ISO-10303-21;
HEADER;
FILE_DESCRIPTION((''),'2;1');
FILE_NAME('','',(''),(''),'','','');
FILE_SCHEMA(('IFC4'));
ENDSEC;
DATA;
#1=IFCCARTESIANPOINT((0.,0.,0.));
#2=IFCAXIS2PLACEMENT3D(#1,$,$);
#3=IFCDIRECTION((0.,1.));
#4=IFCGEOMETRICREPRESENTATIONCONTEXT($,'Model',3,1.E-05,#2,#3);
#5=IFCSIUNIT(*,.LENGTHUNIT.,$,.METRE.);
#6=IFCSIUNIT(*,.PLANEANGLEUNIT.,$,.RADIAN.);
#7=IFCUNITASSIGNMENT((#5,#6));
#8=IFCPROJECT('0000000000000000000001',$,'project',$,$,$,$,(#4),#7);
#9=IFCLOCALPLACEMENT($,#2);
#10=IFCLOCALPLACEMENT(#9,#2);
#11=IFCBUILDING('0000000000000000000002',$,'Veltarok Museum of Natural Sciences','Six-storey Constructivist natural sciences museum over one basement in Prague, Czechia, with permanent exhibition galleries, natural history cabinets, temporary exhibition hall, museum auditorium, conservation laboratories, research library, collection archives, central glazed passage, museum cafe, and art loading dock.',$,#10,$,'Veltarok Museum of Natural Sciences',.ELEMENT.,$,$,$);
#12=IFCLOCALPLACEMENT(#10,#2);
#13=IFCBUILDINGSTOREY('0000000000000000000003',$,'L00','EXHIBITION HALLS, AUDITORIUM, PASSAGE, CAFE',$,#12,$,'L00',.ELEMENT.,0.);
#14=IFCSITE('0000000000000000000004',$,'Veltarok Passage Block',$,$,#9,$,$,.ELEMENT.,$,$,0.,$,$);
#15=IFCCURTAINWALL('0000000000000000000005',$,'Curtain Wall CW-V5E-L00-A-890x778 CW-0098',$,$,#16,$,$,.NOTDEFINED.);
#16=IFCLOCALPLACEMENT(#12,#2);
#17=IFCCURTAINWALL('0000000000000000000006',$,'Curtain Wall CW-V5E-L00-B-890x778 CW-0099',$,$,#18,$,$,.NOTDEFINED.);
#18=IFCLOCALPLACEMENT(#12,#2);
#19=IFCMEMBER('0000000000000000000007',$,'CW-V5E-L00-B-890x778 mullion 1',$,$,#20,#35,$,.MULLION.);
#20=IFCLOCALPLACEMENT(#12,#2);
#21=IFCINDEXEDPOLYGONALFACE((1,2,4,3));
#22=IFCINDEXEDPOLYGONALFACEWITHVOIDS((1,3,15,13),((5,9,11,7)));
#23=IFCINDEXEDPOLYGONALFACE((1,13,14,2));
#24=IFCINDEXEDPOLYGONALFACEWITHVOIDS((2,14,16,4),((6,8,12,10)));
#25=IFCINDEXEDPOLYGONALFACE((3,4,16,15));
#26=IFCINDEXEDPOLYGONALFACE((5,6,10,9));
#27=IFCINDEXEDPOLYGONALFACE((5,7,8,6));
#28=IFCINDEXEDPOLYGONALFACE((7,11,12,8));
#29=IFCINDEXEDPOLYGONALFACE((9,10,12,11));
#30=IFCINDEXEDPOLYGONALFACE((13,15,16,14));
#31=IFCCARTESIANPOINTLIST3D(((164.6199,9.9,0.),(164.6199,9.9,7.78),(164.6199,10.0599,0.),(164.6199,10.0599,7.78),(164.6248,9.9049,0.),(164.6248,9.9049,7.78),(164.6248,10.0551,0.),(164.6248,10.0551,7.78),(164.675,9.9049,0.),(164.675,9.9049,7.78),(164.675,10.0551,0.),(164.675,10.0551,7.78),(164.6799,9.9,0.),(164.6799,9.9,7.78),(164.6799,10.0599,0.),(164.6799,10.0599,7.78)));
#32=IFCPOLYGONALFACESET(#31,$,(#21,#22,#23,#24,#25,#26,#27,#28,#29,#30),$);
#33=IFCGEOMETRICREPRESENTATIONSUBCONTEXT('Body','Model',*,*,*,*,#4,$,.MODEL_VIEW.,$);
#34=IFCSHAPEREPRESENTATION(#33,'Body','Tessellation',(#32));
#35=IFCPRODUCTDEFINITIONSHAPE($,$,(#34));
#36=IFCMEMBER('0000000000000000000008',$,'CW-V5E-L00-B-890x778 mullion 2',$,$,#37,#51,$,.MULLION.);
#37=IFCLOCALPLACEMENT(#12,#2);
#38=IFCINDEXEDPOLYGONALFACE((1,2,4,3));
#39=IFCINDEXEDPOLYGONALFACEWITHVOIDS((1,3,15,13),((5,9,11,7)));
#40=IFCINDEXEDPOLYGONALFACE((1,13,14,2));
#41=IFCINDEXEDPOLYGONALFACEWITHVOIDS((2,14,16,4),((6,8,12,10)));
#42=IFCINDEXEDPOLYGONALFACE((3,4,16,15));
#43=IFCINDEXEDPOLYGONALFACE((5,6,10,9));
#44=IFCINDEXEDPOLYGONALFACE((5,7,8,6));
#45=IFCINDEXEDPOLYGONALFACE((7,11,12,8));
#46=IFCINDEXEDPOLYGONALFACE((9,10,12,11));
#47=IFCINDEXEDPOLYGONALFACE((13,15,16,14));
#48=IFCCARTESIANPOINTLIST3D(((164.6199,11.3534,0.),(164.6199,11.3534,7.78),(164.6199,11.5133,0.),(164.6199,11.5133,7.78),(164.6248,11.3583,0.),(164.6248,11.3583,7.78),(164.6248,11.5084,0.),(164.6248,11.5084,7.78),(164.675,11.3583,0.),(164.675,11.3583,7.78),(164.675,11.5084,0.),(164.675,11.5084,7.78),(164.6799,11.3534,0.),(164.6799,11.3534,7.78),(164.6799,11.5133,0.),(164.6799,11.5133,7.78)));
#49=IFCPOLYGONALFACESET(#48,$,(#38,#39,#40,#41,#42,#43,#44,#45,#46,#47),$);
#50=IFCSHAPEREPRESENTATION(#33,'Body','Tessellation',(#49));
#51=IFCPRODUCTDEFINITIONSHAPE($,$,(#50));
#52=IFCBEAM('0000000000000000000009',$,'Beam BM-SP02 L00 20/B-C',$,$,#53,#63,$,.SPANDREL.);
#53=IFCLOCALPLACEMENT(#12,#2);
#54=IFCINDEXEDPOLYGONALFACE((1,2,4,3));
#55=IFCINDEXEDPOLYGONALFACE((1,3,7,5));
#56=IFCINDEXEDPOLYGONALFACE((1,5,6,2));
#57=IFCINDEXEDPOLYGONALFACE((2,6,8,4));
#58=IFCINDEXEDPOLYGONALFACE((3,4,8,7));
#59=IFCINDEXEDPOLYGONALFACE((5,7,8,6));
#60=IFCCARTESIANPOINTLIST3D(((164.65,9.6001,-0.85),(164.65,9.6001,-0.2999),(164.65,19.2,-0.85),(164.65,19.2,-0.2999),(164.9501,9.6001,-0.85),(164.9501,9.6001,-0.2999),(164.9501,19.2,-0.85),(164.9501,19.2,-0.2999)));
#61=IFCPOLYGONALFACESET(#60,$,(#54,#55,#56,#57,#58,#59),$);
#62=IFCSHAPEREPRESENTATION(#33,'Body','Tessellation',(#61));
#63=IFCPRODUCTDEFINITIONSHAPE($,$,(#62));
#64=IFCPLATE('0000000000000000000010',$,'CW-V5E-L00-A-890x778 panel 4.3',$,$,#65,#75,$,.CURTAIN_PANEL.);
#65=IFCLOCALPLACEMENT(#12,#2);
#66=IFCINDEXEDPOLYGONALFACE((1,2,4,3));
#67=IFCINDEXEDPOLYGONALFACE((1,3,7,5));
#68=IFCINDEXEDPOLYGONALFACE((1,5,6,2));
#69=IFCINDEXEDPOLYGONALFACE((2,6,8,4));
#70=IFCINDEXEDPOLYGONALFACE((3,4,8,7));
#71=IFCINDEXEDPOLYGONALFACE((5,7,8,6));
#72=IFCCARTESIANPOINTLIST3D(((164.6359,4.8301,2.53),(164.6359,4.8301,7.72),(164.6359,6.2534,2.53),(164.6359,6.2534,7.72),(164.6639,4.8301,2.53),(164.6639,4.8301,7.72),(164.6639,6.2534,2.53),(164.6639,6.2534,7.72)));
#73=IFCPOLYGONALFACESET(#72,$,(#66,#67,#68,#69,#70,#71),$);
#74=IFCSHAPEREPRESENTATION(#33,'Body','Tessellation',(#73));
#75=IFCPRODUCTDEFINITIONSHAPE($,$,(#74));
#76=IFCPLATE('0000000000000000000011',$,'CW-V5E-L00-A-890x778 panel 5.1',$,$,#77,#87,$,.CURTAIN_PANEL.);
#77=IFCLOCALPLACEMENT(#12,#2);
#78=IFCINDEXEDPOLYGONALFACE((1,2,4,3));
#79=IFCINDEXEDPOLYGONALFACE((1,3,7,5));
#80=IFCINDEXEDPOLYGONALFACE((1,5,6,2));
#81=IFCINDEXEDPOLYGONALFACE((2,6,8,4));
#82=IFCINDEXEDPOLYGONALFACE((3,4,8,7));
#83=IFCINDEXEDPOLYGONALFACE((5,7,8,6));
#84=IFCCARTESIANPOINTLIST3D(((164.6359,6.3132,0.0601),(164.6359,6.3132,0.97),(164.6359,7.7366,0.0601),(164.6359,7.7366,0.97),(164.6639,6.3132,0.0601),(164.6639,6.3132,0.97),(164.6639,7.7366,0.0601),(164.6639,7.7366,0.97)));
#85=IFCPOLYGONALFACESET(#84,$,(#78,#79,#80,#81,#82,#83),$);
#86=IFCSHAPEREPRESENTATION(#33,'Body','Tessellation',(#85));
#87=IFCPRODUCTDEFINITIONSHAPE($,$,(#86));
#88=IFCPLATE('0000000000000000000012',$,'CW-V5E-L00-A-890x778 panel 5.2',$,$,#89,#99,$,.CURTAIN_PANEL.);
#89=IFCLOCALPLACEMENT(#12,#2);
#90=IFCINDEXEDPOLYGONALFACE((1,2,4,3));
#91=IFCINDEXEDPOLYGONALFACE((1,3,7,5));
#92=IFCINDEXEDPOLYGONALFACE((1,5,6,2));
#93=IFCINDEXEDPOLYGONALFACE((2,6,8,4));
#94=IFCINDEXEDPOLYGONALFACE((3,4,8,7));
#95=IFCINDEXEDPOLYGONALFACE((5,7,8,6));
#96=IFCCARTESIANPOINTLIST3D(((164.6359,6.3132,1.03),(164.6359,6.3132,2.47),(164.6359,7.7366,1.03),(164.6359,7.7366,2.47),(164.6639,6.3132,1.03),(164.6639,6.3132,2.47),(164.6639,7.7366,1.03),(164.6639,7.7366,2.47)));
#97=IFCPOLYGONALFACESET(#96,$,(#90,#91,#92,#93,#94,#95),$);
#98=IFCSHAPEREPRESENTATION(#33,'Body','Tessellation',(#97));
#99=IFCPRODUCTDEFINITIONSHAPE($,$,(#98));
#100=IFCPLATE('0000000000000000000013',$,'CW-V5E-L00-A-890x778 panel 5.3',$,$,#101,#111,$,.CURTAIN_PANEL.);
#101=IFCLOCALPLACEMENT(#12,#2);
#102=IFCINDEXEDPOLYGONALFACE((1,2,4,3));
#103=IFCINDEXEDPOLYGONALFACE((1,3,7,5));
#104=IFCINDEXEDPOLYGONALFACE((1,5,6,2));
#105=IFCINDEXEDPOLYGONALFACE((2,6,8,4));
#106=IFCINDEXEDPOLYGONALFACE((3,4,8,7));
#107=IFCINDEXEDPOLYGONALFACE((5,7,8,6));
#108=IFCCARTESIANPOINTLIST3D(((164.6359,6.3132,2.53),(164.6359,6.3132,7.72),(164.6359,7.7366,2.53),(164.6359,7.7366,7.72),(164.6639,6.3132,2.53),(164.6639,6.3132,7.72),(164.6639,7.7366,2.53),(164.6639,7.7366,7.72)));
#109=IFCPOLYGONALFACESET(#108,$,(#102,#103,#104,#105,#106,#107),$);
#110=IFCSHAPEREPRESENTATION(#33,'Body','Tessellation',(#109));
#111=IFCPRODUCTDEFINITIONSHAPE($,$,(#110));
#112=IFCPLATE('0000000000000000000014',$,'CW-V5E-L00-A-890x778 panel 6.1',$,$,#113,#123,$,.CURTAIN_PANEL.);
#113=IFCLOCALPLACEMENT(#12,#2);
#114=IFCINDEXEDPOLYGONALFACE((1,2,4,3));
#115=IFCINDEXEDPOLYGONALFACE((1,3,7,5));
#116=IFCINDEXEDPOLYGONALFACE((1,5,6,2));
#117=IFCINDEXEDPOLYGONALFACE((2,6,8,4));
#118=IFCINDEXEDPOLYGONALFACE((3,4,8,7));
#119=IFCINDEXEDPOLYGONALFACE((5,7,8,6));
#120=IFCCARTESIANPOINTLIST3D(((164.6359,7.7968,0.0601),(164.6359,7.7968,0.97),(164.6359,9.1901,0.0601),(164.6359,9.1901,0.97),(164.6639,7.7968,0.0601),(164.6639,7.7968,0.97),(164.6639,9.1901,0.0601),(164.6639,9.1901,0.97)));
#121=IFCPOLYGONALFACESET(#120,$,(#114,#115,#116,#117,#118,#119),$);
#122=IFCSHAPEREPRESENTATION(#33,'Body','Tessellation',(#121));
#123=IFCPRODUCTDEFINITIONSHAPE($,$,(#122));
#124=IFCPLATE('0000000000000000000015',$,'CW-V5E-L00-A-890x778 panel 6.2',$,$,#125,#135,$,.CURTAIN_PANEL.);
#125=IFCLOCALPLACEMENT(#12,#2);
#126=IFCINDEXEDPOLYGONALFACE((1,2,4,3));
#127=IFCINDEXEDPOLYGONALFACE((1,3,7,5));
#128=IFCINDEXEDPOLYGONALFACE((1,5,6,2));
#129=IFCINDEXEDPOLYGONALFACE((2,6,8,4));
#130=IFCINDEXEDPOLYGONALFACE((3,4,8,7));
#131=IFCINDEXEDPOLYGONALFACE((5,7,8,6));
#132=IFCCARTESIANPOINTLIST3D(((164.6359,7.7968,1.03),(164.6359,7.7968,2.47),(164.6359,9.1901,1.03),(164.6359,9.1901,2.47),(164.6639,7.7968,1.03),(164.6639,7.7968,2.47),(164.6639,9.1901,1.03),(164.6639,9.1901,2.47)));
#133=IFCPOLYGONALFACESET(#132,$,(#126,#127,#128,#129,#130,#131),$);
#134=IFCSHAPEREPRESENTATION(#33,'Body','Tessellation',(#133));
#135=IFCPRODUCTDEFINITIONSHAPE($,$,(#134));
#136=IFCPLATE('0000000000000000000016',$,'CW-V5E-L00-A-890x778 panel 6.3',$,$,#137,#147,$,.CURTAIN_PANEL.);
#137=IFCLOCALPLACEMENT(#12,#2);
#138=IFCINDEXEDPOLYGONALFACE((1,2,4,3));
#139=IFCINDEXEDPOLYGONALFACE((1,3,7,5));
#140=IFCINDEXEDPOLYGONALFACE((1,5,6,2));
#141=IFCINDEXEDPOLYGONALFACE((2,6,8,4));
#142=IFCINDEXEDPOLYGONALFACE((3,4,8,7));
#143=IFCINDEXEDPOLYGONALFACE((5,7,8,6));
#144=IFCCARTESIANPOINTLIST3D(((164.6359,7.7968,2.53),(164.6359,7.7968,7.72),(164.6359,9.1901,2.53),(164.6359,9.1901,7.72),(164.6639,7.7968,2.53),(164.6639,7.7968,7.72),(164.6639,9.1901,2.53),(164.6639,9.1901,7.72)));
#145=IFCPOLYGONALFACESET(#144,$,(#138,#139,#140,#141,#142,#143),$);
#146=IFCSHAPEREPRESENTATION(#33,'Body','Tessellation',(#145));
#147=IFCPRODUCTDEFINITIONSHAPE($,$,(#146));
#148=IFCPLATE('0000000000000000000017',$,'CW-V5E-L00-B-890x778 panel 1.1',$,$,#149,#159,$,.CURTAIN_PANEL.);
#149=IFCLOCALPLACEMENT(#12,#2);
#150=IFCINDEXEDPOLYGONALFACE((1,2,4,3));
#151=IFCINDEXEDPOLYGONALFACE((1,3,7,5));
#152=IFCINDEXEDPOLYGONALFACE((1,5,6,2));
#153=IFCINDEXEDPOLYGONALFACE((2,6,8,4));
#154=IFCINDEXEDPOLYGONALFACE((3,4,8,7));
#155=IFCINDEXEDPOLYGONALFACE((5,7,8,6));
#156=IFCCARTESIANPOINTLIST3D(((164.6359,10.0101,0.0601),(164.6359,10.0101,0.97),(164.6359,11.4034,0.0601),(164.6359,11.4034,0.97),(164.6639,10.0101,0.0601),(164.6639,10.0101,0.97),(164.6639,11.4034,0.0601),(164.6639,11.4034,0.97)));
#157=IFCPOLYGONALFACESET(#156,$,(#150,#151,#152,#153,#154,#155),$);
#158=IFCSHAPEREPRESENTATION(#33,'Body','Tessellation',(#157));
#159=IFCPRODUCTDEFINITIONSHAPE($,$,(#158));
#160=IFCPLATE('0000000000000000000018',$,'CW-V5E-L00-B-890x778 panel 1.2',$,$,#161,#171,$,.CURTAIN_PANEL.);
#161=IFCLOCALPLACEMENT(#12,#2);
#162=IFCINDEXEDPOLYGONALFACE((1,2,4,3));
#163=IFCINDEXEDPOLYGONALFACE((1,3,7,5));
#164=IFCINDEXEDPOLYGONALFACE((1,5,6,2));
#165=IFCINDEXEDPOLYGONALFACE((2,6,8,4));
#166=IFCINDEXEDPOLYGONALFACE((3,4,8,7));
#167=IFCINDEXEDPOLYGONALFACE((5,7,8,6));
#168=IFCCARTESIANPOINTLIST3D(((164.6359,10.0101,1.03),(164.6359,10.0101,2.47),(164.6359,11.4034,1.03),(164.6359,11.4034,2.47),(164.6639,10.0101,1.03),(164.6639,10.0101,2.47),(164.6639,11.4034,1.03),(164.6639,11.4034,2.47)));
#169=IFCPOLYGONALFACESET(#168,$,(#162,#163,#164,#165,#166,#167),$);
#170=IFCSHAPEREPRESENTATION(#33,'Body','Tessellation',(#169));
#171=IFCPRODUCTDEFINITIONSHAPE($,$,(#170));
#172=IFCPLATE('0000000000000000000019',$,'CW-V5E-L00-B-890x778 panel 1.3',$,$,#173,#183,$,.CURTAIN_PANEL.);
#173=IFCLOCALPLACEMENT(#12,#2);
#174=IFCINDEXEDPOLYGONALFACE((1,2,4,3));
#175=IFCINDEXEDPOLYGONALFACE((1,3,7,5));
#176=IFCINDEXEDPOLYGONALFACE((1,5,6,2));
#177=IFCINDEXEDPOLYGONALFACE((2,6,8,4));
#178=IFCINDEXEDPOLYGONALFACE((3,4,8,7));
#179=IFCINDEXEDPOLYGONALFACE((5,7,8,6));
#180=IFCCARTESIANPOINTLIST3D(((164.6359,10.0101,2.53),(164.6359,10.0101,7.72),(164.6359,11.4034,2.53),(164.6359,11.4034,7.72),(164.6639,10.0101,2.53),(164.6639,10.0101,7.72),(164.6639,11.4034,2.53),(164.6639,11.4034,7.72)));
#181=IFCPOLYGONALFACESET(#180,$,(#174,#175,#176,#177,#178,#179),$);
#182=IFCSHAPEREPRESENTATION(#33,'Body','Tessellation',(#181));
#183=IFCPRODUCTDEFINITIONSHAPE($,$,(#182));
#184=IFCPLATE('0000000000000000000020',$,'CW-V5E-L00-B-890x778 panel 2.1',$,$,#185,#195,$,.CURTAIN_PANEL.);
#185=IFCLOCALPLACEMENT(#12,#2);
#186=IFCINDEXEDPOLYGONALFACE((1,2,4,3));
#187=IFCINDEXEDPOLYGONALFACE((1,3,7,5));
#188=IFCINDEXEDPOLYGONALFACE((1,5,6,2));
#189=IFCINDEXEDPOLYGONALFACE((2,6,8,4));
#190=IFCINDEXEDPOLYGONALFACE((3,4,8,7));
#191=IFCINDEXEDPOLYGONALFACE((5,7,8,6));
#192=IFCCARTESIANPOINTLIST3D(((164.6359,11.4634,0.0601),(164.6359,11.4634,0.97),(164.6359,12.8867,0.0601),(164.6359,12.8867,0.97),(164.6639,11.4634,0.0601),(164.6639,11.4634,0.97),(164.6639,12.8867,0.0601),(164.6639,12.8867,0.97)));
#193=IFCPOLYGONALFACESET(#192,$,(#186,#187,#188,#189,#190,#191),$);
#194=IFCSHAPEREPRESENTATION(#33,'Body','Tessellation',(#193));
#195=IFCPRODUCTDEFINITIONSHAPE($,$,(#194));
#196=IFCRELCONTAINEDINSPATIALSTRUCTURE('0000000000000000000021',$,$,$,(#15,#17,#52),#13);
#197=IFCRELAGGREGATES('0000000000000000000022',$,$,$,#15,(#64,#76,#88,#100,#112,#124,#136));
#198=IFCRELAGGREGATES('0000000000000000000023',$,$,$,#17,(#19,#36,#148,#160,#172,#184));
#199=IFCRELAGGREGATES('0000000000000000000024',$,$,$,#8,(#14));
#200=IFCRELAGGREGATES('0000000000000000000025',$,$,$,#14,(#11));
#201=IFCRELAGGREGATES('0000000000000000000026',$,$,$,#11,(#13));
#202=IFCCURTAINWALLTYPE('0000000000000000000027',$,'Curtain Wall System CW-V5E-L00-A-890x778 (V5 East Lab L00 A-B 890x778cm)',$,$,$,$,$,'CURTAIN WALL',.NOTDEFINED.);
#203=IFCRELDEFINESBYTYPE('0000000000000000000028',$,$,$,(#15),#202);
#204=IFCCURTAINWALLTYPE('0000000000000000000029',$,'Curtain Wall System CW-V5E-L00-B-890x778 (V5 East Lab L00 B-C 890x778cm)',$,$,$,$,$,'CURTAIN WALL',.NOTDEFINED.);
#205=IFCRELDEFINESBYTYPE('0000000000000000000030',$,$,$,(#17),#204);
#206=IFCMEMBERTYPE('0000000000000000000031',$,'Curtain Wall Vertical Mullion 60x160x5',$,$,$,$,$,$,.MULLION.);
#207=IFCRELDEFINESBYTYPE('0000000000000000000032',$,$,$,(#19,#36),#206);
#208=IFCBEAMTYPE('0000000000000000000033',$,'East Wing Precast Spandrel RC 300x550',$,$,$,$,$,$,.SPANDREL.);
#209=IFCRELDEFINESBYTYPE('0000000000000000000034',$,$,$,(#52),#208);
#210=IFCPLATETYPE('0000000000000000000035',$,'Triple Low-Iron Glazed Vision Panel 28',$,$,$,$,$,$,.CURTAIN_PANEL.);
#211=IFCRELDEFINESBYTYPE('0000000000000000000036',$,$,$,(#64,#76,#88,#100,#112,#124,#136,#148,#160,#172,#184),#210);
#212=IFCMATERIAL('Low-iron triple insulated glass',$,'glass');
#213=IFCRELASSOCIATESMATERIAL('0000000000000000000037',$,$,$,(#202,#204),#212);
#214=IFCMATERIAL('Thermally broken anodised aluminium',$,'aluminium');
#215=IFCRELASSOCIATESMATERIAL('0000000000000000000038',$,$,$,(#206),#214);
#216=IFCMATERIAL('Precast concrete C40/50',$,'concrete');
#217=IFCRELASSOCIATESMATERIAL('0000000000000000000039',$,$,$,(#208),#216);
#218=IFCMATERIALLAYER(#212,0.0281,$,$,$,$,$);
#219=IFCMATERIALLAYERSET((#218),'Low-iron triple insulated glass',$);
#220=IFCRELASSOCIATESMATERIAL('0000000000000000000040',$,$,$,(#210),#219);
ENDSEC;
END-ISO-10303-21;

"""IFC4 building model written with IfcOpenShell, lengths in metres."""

from ifc_helpers import new_model, si_unit, direction, frame, origin, origin_2d, place, context, subcontext, project, spatial, rectangle, hollow_rectangle, extrude, material, layer, layer_set, material_profile, profile_set, type_object, element, aggregate, save


model = new_model("IFC4")

# Units and contexts
model_context = context("Model", 3, precision=1e-05, world=origin(), true_north=direction((0.0, 1.0)))
body_context = subcontext(model_context, "Body", "Model", "MODEL_VIEW")
ifc_project = project(units=[si_unit("LENGTHUNIT", "METRE"), si_unit("PLANEANGLEUNIT", "RADIAN")], contexts=[model_context])

# Site, building, storey
site_placement = place(None, origin())
site = spatial("IfcSite", under=ifc_project, at=site_placement, Name="Veltarok Passage Block", CompositionType="ELEMENT", RefElevation=0.0)
building_placement = place(site_placement, origin())
building = spatial("IfcBuilding", under=site, at=building_placement, Name="Veltarok Museum of Natural Sciences", Description="Six-storey Constructivist natural sciences museum over one basement in Prague, Czechia, with permanent exhibition galleries, natural history cabinets, temporary exhibition hall, museum auditorium, conservation laboratories, research library, collection archives, central glazed passage, museum cafe, and art loading dock.", LongName="Veltarok Museum of Natural Sciences", CompositionType="ELEMENT")
storey_placement = place(building_placement, origin())
storey = spatial("IfcBuildingStorey", under=building, at=storey_placement, Name="L00", Description="EXHIBITION HALLS, AUDITORIUM, PASSAGE, CAFE", LongName="L00", CompositionType="ELEMENT", Elevation=0.0)

# Curtain walls
ifc_material_1 = material(Name="Low-iron triple insulated glass", Category="glass")
curtain_wall_type_1 = type_object("IfcCurtainWallType", Name="Curtain Wall System CW-V5E-L00-A-890x778 (V5 East Lab L00 A-B 890x778cm)", ElementType="CURTAIN WALL", PredefinedType="NOTDEFINED", material=ifc_material_1)
curtain_wall_1_placement = place(storey_placement, origin())
curtain_wall_1 = element("IfcCurtainWall", 1, at=curtain_wall_1_placement, inside=storey, type_object=curtain_wall_type_1, Name="Curtain Wall CW-V5E-L00-A-890x778 CW-0098", PredefinedType="NOTDEFINED")
ifc_material_2 = material(Name="Thermally broken anodised aluminium", Category="aluminium")
curtain_wall_type_2 = type_object("IfcCurtainWallType", Name="Curtain Wall System CW-V5E-L00-B-890x778 (V5 East Lab L00 B-C 890x778cm)", ElementType="CURTAIN WALL", PredefinedType="NOTDEFINED", material=ifc_material_1)
curtain_wall_2_placement = place(storey_placement, origin())
curtain_wall_2 = element("IfcCurtainWall", 2, at=curtain_wall_2_placement, inside=storey, type_object=curtain_wall_type_2, Name="Curtain Wall CW-V5E-L00-B-890x778 CW-0099", PredefinedType="NOTDEFINED")

# Members
ifc_material_profile_1 = material_profile(ifc_material_2, hollow_rectangle(XDim=0.0601, YDim=0.1599, WallThickness=0.0049, at=origin_2d()), Name="CW MULLION 60x160x5")
ifc_profile_set_1 = profile_set([ifc_material_profile_1], Name="Thermally broken anodised aluminium")
member_type_1 = type_object("IfcMemberType", Name="Curtain Wall Vertical Mullion 60x160x5", PredefinedType="MULLION", material=ifc_profile_set_1)
member_1_placement = place(storey_placement, frame((164.6499, 9.98, 0.0), z_axis=(0.0, 0.0, 1.0), x_axis=(-1.0, 0.0, 0.0)))
member_1 = element("IfcMember", 3, at=member_1_placement, type_object=member_type_1, Name="CW-V5E-L00-B-890x778 mullion 1", PredefinedType="MULLION", context=body_context, shape_type="SweptSolid", body=[
    extrude(hollow_rectangle(XDim=0.0601, YDim=0.1599, WallThickness=0.0049, at=origin_2d()), origin(), (0.0, 0.0, 1.0), 7.78),
])
member_2_placement = place(storey_placement, frame((164.6499, 11.4333, 0.0), z_axis=(0.0, 0.0, 1.0), x_axis=(-1.0, 0.0, 0.0)))
member_2 = element("IfcMember", 4, at=member_2_placement, type_object=member_type_1, Name="CW-V5E-L00-B-890x778 mullion 2", PredefinedType="MULLION", context=body_context, shape_type="SweptSolid", body=[
    extrude(hollow_rectangle(XDim=0.0601, YDim=0.1599, WallThickness=0.0049, at=origin_2d()), origin(), (0.0, 0.0, 1.0), 7.78),
])

# Beam
ifc_material_3 = material(Name="Precast concrete C40/50", Category="concrete")
ifc_material_profile_2 = material_profile(ifc_material_3, rectangle(XDim=0.3, YDim=0.55, at=origin_2d()), Name="RC 300x550")
ifc_profile_set_2 = profile_set([ifc_material_profile_2], Name="Precast concrete C40/50")
beam_type = type_object("IfcBeamType", Name="East Wing Precast Spandrel RC 300x550", PredefinedType="SPANDREL", material=ifc_profile_set_2)
beam_placement = place(storey_placement, frame((164.8, 9.6001, -0.575), z_axis=(0.0, 1.0, 0.0), x_axis=(-1.0, 0.0, 0.0)))
element("IfcBeam", 5, at=beam_placement, inside=storey, type_object=beam_type, Name="Beam BM-SP02 L00 20/B-C", PredefinedType="SPANDREL", context=body_context, shape_type="SweptSolid", body=[
    extrude(rectangle(XDim=0.3, YDim=0.55, at=origin_2d()), origin(), (0.0, 0.0, 1.0), 9.5999),
])

# Plates
ifc_layer = layer(ifc_material_1, 0.0281)
ifc_layer_set = layer_set([ifc_layer], Name="Low-iron triple insulated glass")
plate_type = type_object("IfcPlateType", Name="Triple Low-Iron Glazed Vision Panel 28", PredefinedType="CURTAIN_PANEL", material=ifc_layer_set)
plate_1_placement = place(storey_placement, frame((164.6499, 5.5417, 2.53), z_axis=(0.0, 0.0, 1.0), x_axis=(0.0, 1.0, 0.0)))
plate_1 = element("IfcPlate", 6, at=plate_1_placement, type_object=plate_type, Name="CW-V5E-L00-A-890x778 panel 4.3", PredefinedType="CURTAIN_PANEL", context=body_context, shape_type="SweptSolid", body=[
    extrude(rectangle(XDim=1.4233, YDim=0.0281, at=origin_2d()), origin(), (0.0, 0.0, 1.0), 5.1899),
])
plate_2_placement = place(storey_placement, frame((164.6499, 7.0249, 0.0601), z_axis=(0.0, 0.0, 1.0), x_axis=(0.0, 1.0, 0.0)))
plate_2 = element("IfcPlate", 7, at=plate_2_placement, type_object=plate_type, Name="CW-V5E-L00-A-890x778 panel 5.1", PredefinedType="CURTAIN_PANEL", context=body_context, shape_type="SweptSolid", body=[
    extrude(rectangle(XDim=1.4233, YDim=0.0281, at=origin_2d()), origin(), (0.0, 0.0, 1.0), 0.9099),
])
plate_3_placement = place(storey_placement, frame((164.6499, 7.0249, 1.03), z_axis=(0.0, 0.0, 1.0), x_axis=(0.0, 1.0, 0.0)))
plate_3 = element("IfcPlate", 8, at=plate_3_placement, type_object=plate_type, Name="CW-V5E-L00-A-890x778 panel 5.2", PredefinedType="CURTAIN_PANEL", context=body_context, shape_type="SweptSolid", body=[
    extrude(rectangle(XDim=1.4233, YDim=0.0281, at=origin_2d()), origin(), (0.0, 0.0, 1.0), 1.4399),
])
plate_4_placement = place(storey_placement, frame((164.6499, 7.0249, 2.53), z_axis=(0.0, 0.0, 1.0), x_axis=(0.0, 1.0, 0.0)))
plate_4 = element("IfcPlate", 9, at=plate_4_placement, type_object=plate_type, Name="CW-V5E-L00-A-890x778 panel 5.3", PredefinedType="CURTAIN_PANEL", context=body_context, shape_type="SweptSolid", body=[
    extrude(rectangle(XDim=1.4233, YDim=0.0281, at=origin_2d()), origin(), (0.0, 0.0, 1.0), 5.1899),
])
plate_5_placement = place(storey_placement, frame((164.6499, 8.4934, 0.0601), z_axis=(0.0, 0.0, 1.0), x_axis=(0.0, 1.0, 0.0)))
plate_5 = element("IfcPlate", 10, at=plate_5_placement, type_object=plate_type, Name="CW-V5E-L00-A-890x778 panel 6.1", PredefinedType="CURTAIN_PANEL", context=body_context, shape_type="SweptSolid", body=[
    extrude(rectangle(XDim=1.3933, YDim=0.0281, at=origin_2d()), origin(), (0.0, 0.0, 1.0), 0.9099),
])
plate_6_placement = place(storey_placement, frame((164.6499, 8.4934, 1.03), z_axis=(0.0, 0.0, 1.0), x_axis=(0.0, 1.0, 0.0)))
plate_6 = element("IfcPlate", 11, at=plate_6_placement, type_object=plate_type, Name="CW-V5E-L00-A-890x778 panel 6.2", PredefinedType="CURTAIN_PANEL", context=body_context, shape_type="SweptSolid", body=[
    extrude(rectangle(XDim=1.3933, YDim=0.0281, at=origin_2d()), origin(), (0.0, 0.0, 1.0), 1.4399),
])
plate_7_placement = place(storey_placement, frame((164.6499, 8.4934, 2.53), z_axis=(0.0, 0.0, 1.0), x_axis=(0.0, 1.0, 0.0)))
plate_7 = element("IfcPlate", 12, at=plate_7_placement, type_object=plate_type, Name="CW-V5E-L00-A-890x778 panel 6.3", PredefinedType="CURTAIN_PANEL", context=body_context, shape_type="SweptSolid", body=[
    extrude(rectangle(XDim=1.3933, YDim=0.0281, at=origin_2d()), origin(), (0.0, 0.0, 1.0), 5.1899),
])
aggregate(curtain_wall_1, [plate_1, plate_2, plate_3, plate_4, plate_5, plate_6, plate_7])
plate_8_placement = place(storey_placement, frame((164.6499, 10.7068, 0.0601), z_axis=(0.0, 0.0, 1.0), x_axis=(0.0, 1.0, 0.0)))
plate_8 = element("IfcPlate", 13, at=plate_8_placement, type_object=plate_type, Name="CW-V5E-L00-B-890x778 panel 1.1", PredefinedType="CURTAIN_PANEL", context=body_context, shape_type="SweptSolid", body=[
    extrude(rectangle(XDim=1.3933, YDim=0.0281, at=origin_2d()), origin(), (0.0, 0.0, 1.0), 0.9099),
])
plate_9_placement = place(storey_placement, frame((164.6499, 10.7068, 1.03), z_axis=(0.0, 0.0, 1.0), x_axis=(0.0, 1.0, 0.0)))
plate_9 = element("IfcPlate", 14, at=plate_9_placement, type_object=plate_type, Name="CW-V5E-L00-B-890x778 panel 1.2", PredefinedType="CURTAIN_PANEL", context=body_context, shape_type="SweptSolid", body=[
    extrude(rectangle(XDim=1.3933, YDim=0.0281, at=origin_2d()), origin(), (0.0, 0.0, 1.0), 1.4399),
])
plate_10_placement = place(storey_placement, frame((164.6499, 10.7068, 2.53), z_axis=(0.0, 0.0, 1.0), x_axis=(0.0, 1.0, 0.0)))
plate_10 = element("IfcPlate", 15, at=plate_10_placement, type_object=plate_type, Name="CW-V5E-L00-B-890x778 panel 1.3", PredefinedType="CURTAIN_PANEL", context=body_context, shape_type="SweptSolid", body=[
    extrude(rectangle(XDim=1.3933, YDim=0.0281, at=origin_2d()), origin(), (0.0, 0.0, 1.0), 5.1899),
])
plate_11_placement = place(storey_placement, frame((164.6499, 12.175, 0.0601), z_axis=(0.0, 0.0, 1.0), x_axis=(0.0, 1.0, 0.0)))
plate_11 = element("IfcPlate", 16, at=plate_11_placement, type_object=plate_type, Name="CW-V5E-L00-B-890x778 panel 2.1", PredefinedType="CURTAIN_PANEL", context=body_context, shape_type="SweptSolid", body=[
    extrude(rectangle(XDim=1.4233, YDim=0.0281, at=origin_2d()), origin(), (0.0, 0.0, 1.0), 0.9099),
])
aggregate(curtain_wall_2, [member_1, member_2, plate_8, plate_9, plate_10, plate_11])

save(model, "model.ifc")
